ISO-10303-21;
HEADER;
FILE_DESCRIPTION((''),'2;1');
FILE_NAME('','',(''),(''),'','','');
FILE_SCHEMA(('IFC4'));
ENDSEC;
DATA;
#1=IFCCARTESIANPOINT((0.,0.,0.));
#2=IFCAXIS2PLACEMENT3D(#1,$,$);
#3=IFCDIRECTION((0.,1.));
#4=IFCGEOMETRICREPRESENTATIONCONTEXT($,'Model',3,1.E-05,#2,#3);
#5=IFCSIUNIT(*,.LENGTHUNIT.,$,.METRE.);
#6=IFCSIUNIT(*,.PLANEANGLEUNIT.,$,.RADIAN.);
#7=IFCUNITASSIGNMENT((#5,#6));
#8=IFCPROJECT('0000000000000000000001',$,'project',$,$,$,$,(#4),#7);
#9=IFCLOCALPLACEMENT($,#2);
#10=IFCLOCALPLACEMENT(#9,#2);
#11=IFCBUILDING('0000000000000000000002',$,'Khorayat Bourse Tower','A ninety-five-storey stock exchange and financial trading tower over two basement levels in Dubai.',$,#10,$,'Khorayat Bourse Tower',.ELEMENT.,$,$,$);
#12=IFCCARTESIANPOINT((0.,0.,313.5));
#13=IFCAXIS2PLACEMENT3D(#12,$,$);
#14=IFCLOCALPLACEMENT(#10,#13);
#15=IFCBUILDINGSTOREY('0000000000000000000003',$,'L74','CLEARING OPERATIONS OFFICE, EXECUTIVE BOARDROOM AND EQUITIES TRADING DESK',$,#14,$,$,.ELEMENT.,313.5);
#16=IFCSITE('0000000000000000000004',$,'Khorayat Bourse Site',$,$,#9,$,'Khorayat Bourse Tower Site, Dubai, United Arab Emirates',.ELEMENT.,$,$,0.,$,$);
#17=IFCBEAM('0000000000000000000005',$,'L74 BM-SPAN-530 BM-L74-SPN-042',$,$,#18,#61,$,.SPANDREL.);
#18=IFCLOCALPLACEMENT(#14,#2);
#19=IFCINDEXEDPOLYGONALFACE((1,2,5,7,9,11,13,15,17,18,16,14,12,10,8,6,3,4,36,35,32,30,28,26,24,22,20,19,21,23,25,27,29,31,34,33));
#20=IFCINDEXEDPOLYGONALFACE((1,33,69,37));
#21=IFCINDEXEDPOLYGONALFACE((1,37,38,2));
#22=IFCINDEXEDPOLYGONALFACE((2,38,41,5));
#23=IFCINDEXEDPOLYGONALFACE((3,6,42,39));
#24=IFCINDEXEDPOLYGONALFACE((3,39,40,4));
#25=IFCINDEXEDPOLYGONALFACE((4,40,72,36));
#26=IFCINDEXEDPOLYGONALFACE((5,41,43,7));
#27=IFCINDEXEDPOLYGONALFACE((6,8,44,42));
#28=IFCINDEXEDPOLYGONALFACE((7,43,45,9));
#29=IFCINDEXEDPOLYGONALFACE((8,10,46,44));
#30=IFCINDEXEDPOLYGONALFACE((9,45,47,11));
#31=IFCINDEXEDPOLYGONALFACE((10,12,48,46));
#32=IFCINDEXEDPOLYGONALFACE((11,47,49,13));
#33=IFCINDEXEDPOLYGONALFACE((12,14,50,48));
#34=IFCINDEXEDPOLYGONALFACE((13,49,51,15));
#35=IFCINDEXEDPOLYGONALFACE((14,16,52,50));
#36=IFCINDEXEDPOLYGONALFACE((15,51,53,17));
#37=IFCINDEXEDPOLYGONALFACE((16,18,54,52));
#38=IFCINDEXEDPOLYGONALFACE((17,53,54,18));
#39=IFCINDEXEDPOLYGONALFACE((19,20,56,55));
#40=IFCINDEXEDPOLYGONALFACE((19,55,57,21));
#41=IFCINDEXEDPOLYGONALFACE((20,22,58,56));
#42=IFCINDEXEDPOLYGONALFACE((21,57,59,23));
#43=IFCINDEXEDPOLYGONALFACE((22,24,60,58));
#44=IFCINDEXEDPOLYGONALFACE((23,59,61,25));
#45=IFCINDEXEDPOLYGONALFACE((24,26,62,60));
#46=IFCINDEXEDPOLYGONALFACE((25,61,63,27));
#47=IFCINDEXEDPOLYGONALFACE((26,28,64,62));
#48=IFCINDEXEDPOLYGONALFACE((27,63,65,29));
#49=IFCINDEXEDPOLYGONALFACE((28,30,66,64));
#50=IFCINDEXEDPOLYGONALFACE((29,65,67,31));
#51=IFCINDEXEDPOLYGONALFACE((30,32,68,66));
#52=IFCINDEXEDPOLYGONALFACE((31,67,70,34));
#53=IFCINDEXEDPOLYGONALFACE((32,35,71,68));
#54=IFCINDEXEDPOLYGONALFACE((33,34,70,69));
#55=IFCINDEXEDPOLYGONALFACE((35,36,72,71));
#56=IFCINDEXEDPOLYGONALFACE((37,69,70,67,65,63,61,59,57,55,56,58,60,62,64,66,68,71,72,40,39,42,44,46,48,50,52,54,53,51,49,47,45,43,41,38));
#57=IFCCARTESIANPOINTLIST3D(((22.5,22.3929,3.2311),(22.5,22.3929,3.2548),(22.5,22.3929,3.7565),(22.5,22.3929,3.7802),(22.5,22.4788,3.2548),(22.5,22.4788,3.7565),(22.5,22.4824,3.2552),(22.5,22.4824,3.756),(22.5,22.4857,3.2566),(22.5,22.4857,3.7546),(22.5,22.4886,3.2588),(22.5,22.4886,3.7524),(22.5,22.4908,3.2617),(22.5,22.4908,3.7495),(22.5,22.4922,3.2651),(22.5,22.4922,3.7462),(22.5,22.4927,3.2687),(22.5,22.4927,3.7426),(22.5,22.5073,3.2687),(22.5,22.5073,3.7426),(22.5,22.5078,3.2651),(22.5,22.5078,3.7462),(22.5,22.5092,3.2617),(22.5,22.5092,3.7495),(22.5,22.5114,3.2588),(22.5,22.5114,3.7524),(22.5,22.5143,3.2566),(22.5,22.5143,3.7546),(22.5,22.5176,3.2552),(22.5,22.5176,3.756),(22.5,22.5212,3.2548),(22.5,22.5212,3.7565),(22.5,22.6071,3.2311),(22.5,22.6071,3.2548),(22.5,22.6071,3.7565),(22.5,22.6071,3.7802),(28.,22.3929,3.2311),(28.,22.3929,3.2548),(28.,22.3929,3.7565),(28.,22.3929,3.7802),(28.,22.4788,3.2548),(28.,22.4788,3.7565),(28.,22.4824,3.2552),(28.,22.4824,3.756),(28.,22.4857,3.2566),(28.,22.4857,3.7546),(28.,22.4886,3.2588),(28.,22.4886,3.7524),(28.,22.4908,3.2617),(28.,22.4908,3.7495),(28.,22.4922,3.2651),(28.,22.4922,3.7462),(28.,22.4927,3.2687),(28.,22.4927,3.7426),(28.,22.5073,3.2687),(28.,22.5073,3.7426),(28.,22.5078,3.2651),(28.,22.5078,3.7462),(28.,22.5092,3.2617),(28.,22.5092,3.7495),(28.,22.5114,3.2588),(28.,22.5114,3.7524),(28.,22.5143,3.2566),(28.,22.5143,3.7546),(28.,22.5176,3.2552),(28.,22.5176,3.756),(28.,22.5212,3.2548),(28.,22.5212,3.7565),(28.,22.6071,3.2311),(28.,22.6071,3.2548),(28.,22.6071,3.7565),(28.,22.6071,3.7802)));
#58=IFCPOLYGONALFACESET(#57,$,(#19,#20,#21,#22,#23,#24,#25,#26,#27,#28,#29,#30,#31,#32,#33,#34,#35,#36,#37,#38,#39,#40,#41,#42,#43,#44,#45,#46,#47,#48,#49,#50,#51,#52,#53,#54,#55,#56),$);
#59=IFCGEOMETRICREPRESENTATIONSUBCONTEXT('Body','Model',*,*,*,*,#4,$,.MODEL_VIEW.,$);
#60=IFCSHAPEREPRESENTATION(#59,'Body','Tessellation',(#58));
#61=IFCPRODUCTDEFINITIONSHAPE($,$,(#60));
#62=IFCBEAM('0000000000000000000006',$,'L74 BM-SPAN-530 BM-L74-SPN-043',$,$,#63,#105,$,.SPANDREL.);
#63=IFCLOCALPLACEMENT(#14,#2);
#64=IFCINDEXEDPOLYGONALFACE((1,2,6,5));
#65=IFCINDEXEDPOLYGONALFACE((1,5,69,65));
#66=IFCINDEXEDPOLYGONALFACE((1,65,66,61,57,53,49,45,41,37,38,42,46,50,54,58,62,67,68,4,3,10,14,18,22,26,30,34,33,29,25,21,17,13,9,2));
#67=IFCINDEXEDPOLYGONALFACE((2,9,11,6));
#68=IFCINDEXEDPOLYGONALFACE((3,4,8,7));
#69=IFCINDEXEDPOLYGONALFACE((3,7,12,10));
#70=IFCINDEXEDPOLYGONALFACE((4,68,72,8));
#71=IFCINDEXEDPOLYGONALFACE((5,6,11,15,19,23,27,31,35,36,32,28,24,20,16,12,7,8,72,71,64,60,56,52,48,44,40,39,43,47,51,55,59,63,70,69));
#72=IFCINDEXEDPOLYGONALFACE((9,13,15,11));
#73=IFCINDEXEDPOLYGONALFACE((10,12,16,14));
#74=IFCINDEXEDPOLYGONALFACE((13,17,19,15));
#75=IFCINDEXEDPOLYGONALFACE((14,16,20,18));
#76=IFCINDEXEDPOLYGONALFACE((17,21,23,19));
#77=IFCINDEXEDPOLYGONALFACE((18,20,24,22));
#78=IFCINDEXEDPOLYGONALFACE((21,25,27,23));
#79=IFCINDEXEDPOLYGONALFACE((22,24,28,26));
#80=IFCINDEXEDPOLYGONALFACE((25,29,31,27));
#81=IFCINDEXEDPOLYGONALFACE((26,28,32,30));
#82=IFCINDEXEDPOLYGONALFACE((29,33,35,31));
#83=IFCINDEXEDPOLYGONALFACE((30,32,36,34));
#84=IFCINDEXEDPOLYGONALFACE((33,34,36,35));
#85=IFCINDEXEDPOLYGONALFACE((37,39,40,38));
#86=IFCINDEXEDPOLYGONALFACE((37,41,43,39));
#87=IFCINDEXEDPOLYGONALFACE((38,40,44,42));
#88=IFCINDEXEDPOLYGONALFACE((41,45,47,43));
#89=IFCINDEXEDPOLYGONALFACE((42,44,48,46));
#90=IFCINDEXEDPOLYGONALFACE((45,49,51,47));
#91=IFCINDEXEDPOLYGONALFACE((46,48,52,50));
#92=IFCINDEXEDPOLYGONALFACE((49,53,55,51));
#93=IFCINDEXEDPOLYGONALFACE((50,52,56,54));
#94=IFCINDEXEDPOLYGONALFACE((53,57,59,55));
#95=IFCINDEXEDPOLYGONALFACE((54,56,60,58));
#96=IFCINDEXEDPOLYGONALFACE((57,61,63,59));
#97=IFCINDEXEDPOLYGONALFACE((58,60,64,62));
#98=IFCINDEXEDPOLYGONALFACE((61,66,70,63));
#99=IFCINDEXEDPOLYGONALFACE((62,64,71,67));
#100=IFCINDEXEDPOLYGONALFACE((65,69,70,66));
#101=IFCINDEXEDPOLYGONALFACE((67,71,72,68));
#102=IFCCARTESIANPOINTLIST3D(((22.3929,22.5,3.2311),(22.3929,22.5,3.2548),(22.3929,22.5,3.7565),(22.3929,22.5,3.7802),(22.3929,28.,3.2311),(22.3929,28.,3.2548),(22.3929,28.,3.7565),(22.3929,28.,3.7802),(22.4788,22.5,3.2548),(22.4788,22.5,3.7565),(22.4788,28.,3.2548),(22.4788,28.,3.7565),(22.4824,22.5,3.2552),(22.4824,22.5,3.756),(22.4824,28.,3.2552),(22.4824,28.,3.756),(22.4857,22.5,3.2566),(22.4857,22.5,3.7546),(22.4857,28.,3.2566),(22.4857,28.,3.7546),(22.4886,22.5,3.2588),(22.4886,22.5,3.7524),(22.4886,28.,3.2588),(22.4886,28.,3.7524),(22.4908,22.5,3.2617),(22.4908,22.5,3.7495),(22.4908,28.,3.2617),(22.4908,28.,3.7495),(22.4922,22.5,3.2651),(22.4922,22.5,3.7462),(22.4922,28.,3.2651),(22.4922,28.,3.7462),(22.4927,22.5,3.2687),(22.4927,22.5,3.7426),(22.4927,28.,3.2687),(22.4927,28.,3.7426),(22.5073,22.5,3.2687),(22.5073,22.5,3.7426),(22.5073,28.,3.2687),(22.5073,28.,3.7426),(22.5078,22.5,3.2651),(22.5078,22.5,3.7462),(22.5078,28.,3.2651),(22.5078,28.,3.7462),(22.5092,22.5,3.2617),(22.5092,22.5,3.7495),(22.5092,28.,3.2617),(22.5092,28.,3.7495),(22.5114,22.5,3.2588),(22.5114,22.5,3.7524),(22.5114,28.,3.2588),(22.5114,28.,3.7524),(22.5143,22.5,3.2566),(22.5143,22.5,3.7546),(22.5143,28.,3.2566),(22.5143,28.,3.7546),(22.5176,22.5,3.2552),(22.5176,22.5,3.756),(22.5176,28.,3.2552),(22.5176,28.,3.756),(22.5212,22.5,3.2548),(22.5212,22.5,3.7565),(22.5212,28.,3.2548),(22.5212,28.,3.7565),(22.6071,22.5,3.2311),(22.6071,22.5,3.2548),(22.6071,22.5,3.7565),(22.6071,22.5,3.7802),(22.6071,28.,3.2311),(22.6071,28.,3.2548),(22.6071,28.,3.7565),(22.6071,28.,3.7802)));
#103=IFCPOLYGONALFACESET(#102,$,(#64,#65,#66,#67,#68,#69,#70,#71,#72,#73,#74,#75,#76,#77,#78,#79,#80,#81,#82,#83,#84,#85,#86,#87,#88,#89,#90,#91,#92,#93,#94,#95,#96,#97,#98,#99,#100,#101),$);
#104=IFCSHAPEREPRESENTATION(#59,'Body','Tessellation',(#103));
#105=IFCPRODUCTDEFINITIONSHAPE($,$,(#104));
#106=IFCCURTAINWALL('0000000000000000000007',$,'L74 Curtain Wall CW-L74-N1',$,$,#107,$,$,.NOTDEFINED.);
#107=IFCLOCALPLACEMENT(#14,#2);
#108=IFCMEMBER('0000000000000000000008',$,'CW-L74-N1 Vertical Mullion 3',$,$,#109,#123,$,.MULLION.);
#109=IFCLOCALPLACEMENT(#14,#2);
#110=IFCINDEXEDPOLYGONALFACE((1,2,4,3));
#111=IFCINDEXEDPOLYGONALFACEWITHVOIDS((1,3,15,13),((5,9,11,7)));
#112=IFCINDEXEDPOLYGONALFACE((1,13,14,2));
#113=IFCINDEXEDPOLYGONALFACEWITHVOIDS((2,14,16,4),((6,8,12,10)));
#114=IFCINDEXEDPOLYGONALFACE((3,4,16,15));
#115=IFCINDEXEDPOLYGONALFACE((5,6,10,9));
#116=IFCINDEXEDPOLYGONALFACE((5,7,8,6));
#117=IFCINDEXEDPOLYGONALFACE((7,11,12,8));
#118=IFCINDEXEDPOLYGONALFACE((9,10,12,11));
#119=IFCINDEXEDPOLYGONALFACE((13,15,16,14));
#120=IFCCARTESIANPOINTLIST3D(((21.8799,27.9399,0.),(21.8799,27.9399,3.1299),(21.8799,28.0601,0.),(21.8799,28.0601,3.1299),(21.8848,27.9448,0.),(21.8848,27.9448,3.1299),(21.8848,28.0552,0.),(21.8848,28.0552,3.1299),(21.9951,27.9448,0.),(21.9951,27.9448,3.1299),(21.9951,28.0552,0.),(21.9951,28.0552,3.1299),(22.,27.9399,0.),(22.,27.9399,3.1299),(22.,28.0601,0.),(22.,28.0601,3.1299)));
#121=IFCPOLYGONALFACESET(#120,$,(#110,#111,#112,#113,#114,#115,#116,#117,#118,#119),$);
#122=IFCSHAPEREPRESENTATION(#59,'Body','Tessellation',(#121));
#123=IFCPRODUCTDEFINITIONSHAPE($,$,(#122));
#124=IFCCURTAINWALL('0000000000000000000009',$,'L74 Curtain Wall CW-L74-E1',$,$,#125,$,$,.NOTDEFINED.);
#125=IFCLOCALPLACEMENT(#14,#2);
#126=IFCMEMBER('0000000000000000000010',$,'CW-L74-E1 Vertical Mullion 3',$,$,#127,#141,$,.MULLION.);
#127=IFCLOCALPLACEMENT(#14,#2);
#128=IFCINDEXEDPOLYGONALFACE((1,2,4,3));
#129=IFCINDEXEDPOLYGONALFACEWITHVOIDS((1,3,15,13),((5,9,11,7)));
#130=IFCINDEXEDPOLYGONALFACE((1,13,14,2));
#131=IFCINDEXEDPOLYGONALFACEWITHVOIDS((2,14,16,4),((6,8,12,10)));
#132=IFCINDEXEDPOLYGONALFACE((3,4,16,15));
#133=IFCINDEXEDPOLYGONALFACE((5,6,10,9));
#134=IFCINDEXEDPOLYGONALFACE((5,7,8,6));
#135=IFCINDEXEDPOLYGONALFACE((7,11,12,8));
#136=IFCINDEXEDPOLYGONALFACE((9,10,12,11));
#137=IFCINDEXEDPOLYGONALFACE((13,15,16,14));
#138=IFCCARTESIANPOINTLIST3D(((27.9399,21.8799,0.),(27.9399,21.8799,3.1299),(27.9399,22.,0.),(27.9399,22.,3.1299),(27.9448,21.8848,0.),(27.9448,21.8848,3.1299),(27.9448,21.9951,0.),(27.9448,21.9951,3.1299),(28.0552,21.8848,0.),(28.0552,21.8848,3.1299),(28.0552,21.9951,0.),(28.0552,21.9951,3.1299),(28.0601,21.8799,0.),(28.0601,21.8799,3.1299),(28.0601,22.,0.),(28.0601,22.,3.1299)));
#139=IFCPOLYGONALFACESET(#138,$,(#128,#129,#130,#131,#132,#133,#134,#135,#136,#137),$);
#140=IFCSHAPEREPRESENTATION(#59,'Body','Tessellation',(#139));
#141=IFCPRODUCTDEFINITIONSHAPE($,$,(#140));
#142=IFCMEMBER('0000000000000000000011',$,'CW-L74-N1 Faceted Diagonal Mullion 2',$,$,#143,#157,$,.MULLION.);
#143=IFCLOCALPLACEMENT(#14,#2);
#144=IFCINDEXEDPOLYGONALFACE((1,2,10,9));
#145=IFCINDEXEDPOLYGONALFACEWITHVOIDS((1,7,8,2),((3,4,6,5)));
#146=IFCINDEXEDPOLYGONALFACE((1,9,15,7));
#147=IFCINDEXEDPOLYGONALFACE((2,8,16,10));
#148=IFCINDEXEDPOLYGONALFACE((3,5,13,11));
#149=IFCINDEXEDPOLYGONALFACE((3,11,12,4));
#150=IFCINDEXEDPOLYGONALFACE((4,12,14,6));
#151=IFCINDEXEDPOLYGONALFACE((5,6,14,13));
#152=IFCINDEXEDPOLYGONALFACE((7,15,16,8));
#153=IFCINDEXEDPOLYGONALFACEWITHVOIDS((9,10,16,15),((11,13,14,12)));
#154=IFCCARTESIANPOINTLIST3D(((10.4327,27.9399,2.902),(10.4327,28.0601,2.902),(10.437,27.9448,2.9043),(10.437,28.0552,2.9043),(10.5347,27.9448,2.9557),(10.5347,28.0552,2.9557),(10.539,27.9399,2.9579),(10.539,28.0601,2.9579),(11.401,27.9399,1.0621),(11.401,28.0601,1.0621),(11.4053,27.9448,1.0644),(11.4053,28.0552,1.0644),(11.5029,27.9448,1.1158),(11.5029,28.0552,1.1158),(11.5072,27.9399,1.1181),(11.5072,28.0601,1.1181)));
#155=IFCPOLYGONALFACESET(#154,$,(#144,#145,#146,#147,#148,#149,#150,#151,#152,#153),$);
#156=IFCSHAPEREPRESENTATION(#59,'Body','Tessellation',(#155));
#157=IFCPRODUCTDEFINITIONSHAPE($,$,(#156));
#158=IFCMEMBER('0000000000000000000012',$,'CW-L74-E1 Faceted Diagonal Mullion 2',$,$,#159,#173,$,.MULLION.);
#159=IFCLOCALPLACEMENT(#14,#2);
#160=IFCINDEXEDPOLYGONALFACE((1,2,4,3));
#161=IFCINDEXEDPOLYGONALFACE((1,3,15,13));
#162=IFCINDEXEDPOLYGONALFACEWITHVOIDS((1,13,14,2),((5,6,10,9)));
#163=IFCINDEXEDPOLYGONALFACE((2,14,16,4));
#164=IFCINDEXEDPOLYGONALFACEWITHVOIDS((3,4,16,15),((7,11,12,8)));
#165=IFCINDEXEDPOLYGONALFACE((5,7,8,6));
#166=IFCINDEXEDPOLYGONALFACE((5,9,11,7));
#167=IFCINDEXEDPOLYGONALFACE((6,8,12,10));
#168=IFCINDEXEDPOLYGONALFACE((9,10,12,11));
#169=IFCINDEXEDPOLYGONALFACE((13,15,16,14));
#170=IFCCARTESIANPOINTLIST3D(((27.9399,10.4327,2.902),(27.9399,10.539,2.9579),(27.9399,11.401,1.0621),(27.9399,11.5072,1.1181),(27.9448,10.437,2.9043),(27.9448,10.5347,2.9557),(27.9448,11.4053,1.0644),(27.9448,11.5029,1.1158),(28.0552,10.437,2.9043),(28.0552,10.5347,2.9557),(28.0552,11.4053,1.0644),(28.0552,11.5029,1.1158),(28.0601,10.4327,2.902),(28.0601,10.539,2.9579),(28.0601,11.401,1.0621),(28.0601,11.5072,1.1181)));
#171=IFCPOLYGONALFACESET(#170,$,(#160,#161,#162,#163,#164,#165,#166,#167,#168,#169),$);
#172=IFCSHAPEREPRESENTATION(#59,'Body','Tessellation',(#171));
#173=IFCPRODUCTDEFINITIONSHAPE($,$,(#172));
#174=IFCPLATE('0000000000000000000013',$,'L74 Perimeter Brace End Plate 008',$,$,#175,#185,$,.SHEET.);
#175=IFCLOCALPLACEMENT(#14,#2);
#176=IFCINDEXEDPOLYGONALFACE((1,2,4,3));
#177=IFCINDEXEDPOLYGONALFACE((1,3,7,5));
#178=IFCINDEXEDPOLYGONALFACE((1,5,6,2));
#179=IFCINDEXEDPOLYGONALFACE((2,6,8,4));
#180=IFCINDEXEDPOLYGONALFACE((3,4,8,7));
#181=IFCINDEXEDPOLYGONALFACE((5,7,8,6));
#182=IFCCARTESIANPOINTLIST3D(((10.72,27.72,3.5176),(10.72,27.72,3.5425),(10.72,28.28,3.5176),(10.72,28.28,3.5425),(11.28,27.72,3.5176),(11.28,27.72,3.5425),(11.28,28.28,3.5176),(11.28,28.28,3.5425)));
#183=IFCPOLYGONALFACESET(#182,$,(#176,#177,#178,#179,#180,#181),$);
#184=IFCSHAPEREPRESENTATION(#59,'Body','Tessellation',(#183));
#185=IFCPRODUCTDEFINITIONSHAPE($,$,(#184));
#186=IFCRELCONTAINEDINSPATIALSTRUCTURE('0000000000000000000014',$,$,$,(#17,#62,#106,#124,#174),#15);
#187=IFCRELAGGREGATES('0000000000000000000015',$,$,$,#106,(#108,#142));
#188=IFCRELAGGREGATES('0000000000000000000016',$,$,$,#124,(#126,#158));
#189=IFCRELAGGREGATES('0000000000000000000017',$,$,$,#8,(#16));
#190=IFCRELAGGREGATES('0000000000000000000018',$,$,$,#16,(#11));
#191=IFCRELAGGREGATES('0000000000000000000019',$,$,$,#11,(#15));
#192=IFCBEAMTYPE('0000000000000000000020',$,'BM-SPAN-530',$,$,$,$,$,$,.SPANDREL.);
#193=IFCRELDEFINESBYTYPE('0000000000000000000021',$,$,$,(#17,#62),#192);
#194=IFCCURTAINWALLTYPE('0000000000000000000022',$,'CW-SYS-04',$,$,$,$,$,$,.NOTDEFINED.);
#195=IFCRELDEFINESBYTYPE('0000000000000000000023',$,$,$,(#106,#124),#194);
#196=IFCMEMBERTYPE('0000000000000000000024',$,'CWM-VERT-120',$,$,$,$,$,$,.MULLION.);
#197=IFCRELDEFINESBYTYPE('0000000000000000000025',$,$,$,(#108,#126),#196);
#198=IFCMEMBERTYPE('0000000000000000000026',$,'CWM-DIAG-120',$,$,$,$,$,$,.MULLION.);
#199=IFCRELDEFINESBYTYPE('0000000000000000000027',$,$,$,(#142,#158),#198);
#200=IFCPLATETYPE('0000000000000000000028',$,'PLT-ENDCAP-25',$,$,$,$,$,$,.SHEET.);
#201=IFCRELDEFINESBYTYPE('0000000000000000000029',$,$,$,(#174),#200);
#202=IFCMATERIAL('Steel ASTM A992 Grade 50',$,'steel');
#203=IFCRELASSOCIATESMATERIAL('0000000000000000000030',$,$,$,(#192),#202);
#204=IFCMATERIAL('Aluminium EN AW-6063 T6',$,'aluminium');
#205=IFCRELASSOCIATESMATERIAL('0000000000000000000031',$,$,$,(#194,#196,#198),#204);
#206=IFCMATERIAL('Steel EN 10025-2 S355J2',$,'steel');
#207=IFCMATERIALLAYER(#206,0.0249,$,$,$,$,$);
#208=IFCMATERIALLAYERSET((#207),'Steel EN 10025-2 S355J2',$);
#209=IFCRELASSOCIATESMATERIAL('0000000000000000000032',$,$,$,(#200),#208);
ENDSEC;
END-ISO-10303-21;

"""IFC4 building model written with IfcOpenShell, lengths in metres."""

from ifc_helpers import new_model, si_unit, direction, frame, origin, origin_2d, place, context, subcontext, project, spatial, rectangle, hollow_rectangle, i_section, extrude, source, transform, mapped, material, layer, layer_set, material_profile, profile_set, type_object, element, aggregate, save


model = new_model("IFC4")

# Units and contexts
model_context = context("Model", 3, precision=1e-05, world=origin(), true_north=direction((0.0, 1.0)))
body_context = subcontext(model_context, "Body", "Model", "MODEL_VIEW")
ifc_project = project(units=[si_unit("LENGTHUNIT", "METRE"), si_unit("PLANEANGLEUNIT", "RADIAN")], contexts=[model_context])

# Site, building, storey
site_placement = place(None, origin())
site = spatial("IfcSite", under=ifc_project, at=site_placement, Name="Khorayat Bourse Site", LongName="Khorayat Bourse Tower Site, Dubai, United Arab Emirates", CompositionType="ELEMENT", RefElevation=0.0)
building_placement = place(site_placement, origin())
building = spatial("IfcBuilding", under=site, at=building_placement, Name="Khorayat Bourse Tower", Description="A ninety-five-storey stock exchange and financial trading tower over two basement levels in Dubai.", LongName="Khorayat Bourse Tower", CompositionType="ELEMENT")
storey_placement = place(building_placement, frame((0.0, 0.0, 313.5)))
storey = spatial("IfcBuildingStorey", under=building, at=storey_placement, Name="L74", Description="CLEARING OPERATIONS OFFICE, EXECUTIVE BOARDROOM AND EQUITIES TRADING DESK", CompositionType="ELEMENT", Elevation=313.5)

# Beams
ifc_material_1 = material(Name="Steel ASTM A992 Grade 50", Category="steel")
ifc_material_profile_1 = material_profile(ifc_material_1, i_section(OverallWidth=0.2141, OverallDepth=0.5491, WebThickness=0.0146, FlangeThickness=0.0237, FilletRadius=0.0139, at=origin_2d()), Name="W530X138")
ifc_profile_set_1 = profile_set([ifc_material_profile_1], Name="Steel ASTM A992 Grade 50")
beam_type_1 = type_object("IfcBeamType", Name="BM-SPAN-530", PredefinedType="SPANDREL", material=ifc_profile_set_1)
shared_shape_1 = source(origin(), body_context, "Body", "SweptSolid", [
    extrude(i_section(OverallWidth=0.2141, OverallDepth=0.5491, WebThickness=0.0146, FlangeThickness=0.0237, FilletRadius=0.0139, at=origin_2d()), origin(), (0.0, 0.0, 1.0), 5.5),
])
for number, where, z_axis, x_axis, name in (
    (1, (22.5, 22.5, 3.5056), (1.0, 0.0, 0.0), (0.0, 1.0, 0.0), "L74 BM-SPAN-530 BM-L74-SPN-042"),
    (2, (22.5, 22.5, 3.5056), (0.0, 1.0, 0.0), (-1.0, 0.0, 0.0), "L74 BM-SPAN-530 BM-L74-SPN-043"),
):
    element("IfcBeam", number, at=place(storey_placement, frame(where, z_axis=z_axis, x_axis=x_axis)), inside=storey, type_object=beam_type_1, Name=name, PredefinedType="SPANDREL", context=body_context, shape_type="MappedRepresentation", body=[
        mapped(shared_shape_1, transform((0.0, 0.0, 0.0), scale=1.0)),
    ])

# Curtain walls, members
ifc_material_2 = material(Name="Aluminium EN AW-6063 T6", Category="aluminium")
curtain_wall_type = type_object("IfcCurtainWallType", Name="CW-SYS-04", PredefinedType="NOTDEFINED", material=ifc_material_2)
curtain_wall_1_placement = place(storey_placement, origin())
curtain_wall_1 = element("IfcCurtainWall", 3, at=curtain_wall_1_placement, inside=storey, type_object=curtain_wall_type, Name="L74 Curtain Wall CW-L74-N1", PredefinedType="NOTDEFINED")
ifc_material_profile_2 = material_profile(ifc_material_2, hollow_rectangle(XDim=0.1201, YDim=0.1201, WallThickness=0.0049, at=origin_2d()), Name="ALU 120x120x5")
ifc_profile_set_2 = profile_set([ifc_material_profile_2], Name="Aluminium EN AW-6063 T6")
member_type_1 = type_object("IfcMemberType", Name="CWM-VERT-120", PredefinedType="MULLION", material=ifc_profile_set_2)
shared_shape_2 = source(origin(), body_context, "Body", "SweptSolid", [
    extrude(hollow_rectangle(XDim=0.1201, YDim=0.1201, WallThickness=0.0049, at=origin_2d()), origin(), (0.0, 0.0, 1.0), 3.1299),
])
member_1_placement = place(storey_placement, frame((21.9399, 28.0, 0.0), z_axis=(0.0, 0.0, 1.0), x_axis=(0.0, 1.0, 0.0)))
member_1 = element("IfcMember", 4, at=member_1_placement, type_object=member_type_1, Name="CW-L74-N1 Vertical Mullion 3", PredefinedType="MULLION", context=body_context, shape_type="MappedRepresentation", body=[
    mapped(shared_shape_2, transform((0.0, 0.0, 0.0), scale=1.0)),
])
curtain_wall_2_placement = place(storey_placement, origin())
curtain_wall_2 = element("IfcCurtainWall", 5, at=curtain_wall_2_placement, inside=storey, type_object=curtain_wall_type, Name="L74 Curtain Wall CW-L74-E1", PredefinedType="NOTDEFINED")
member_2_placement = place(storey_placement, frame((28.0, 21.9399, 0.0), z_axis=(0.0, 0.0, 1.0), x_axis=(-1.0, 0.0, 0.0)))
member_2 = element("IfcMember", 6, at=member_2_placement, type_object=member_type_1, Name="CW-L74-E1 Vertical Mullion 3", PredefinedType="MULLION", context=body_context, shape_type="MappedRepresentation", body=[
    mapped(shared_shape_2, transform((0.0, 0.0, 0.0), scale=1.0)),
])

# Members
ifc_material_profile_3 = material_profile(ifc_material_2, hollow_rectangle(XDim=0.1201, YDim=0.1201, WallThickness=0.0049, at=origin_2d()), Name="ALU 120x120x5")
ifc_profile_set_3 = profile_set([ifc_material_profile_3], Name="Aluminium EN AW-6063 T6")
member_type_2 = type_object("IfcMemberType", Name="CWM-DIAG-120", PredefinedType="MULLION", material=ifc_profile_set_3)
shared_shape_3 = source(origin(), body_context, "Body", "SweptSolid", [
    extrude(hollow_rectangle(XDim=0.1201, YDim=0.1201, WallThickness=0.0049, at=origin_2d()), origin(), (0.0, 0.0, 1.0), 2.0791),
])
member_3_placement = place(storey_placement, frame((11.4541, 28.0, 1.0901), z_axis=(-0.465717, 0.0, 0.884934), x_axis=(0.0, -1.0, 0.0)))
member_3 = element("IfcMember", 7, at=member_3_placement, type_object=member_type_2, Name="CW-L74-N1 Faceted Diagonal Mullion 2", PredefinedType="MULLION", context=body_context, shape_type="MappedRepresentation", body=[
    mapped(shared_shape_3, transform((0.0, 0.0, 0.0), scale=1.0)),
])
aggregate(curtain_wall_1, [member_1, member_3])
member_4_placement = place(storey_placement, frame((28.0, 11.4541, 1.0901), z_axis=(0.0, -0.465717, 0.884934), x_axis=(1.0, 0.0, 0.0)))
member_4 = element("IfcMember", 8, at=member_4_placement, type_object=member_type_2, Name="CW-L74-E1 Faceted Diagonal Mullion 2", PredefinedType="MULLION", context=body_context, shape_type="MappedRepresentation", body=[
    mapped(shared_shape_3, transform((0.0, 0.0, 0.0), scale=1.0)),
])
aggregate(curtain_wall_2, [member_2, member_4])

# Plate
ifc_material_3 = material(Name="Steel EN 10025-2 S355J2", Category="steel")
ifc_layer_1 = layer(ifc_material_3, 0.0249)
ifc_layer_set_1 = layer_set([ifc_layer_1], Name="Steel EN 10025-2 S355J2")
plate_type = type_object("IfcPlateType", Name="PLT-ENDCAP-25", PredefinedType="SHEET", material=ifc_layer_set_1)
shared_shape_4 = source(origin(), body_context, "Body", "SweptSolid", [
    extrude(rectangle(XDim=0.5601, YDim=0.5601, at=origin_2d()), origin(), (0.0, 0.0, 1.0), 0.0249),
])
plate_placement = place(storey_placement, frame((11.0, 28.0, 3.5176), z_axis=(0.0, 0.0, 1.0), x_axis=(1.0, 0.0, 0.0)))
element("IfcPlate", 9, at=plate_placement, inside=storey, type_object=plate_type, Name="L74 Perimeter Brace End Plate 008", PredefinedType="SHEET", context=body_context, shape_type="MappedRepresentation", body=[
    mapped(shared_shape_4, transform((0.0, 0.0, 0.0), scale=1.0)),
])

save(model, "model.ifc")
